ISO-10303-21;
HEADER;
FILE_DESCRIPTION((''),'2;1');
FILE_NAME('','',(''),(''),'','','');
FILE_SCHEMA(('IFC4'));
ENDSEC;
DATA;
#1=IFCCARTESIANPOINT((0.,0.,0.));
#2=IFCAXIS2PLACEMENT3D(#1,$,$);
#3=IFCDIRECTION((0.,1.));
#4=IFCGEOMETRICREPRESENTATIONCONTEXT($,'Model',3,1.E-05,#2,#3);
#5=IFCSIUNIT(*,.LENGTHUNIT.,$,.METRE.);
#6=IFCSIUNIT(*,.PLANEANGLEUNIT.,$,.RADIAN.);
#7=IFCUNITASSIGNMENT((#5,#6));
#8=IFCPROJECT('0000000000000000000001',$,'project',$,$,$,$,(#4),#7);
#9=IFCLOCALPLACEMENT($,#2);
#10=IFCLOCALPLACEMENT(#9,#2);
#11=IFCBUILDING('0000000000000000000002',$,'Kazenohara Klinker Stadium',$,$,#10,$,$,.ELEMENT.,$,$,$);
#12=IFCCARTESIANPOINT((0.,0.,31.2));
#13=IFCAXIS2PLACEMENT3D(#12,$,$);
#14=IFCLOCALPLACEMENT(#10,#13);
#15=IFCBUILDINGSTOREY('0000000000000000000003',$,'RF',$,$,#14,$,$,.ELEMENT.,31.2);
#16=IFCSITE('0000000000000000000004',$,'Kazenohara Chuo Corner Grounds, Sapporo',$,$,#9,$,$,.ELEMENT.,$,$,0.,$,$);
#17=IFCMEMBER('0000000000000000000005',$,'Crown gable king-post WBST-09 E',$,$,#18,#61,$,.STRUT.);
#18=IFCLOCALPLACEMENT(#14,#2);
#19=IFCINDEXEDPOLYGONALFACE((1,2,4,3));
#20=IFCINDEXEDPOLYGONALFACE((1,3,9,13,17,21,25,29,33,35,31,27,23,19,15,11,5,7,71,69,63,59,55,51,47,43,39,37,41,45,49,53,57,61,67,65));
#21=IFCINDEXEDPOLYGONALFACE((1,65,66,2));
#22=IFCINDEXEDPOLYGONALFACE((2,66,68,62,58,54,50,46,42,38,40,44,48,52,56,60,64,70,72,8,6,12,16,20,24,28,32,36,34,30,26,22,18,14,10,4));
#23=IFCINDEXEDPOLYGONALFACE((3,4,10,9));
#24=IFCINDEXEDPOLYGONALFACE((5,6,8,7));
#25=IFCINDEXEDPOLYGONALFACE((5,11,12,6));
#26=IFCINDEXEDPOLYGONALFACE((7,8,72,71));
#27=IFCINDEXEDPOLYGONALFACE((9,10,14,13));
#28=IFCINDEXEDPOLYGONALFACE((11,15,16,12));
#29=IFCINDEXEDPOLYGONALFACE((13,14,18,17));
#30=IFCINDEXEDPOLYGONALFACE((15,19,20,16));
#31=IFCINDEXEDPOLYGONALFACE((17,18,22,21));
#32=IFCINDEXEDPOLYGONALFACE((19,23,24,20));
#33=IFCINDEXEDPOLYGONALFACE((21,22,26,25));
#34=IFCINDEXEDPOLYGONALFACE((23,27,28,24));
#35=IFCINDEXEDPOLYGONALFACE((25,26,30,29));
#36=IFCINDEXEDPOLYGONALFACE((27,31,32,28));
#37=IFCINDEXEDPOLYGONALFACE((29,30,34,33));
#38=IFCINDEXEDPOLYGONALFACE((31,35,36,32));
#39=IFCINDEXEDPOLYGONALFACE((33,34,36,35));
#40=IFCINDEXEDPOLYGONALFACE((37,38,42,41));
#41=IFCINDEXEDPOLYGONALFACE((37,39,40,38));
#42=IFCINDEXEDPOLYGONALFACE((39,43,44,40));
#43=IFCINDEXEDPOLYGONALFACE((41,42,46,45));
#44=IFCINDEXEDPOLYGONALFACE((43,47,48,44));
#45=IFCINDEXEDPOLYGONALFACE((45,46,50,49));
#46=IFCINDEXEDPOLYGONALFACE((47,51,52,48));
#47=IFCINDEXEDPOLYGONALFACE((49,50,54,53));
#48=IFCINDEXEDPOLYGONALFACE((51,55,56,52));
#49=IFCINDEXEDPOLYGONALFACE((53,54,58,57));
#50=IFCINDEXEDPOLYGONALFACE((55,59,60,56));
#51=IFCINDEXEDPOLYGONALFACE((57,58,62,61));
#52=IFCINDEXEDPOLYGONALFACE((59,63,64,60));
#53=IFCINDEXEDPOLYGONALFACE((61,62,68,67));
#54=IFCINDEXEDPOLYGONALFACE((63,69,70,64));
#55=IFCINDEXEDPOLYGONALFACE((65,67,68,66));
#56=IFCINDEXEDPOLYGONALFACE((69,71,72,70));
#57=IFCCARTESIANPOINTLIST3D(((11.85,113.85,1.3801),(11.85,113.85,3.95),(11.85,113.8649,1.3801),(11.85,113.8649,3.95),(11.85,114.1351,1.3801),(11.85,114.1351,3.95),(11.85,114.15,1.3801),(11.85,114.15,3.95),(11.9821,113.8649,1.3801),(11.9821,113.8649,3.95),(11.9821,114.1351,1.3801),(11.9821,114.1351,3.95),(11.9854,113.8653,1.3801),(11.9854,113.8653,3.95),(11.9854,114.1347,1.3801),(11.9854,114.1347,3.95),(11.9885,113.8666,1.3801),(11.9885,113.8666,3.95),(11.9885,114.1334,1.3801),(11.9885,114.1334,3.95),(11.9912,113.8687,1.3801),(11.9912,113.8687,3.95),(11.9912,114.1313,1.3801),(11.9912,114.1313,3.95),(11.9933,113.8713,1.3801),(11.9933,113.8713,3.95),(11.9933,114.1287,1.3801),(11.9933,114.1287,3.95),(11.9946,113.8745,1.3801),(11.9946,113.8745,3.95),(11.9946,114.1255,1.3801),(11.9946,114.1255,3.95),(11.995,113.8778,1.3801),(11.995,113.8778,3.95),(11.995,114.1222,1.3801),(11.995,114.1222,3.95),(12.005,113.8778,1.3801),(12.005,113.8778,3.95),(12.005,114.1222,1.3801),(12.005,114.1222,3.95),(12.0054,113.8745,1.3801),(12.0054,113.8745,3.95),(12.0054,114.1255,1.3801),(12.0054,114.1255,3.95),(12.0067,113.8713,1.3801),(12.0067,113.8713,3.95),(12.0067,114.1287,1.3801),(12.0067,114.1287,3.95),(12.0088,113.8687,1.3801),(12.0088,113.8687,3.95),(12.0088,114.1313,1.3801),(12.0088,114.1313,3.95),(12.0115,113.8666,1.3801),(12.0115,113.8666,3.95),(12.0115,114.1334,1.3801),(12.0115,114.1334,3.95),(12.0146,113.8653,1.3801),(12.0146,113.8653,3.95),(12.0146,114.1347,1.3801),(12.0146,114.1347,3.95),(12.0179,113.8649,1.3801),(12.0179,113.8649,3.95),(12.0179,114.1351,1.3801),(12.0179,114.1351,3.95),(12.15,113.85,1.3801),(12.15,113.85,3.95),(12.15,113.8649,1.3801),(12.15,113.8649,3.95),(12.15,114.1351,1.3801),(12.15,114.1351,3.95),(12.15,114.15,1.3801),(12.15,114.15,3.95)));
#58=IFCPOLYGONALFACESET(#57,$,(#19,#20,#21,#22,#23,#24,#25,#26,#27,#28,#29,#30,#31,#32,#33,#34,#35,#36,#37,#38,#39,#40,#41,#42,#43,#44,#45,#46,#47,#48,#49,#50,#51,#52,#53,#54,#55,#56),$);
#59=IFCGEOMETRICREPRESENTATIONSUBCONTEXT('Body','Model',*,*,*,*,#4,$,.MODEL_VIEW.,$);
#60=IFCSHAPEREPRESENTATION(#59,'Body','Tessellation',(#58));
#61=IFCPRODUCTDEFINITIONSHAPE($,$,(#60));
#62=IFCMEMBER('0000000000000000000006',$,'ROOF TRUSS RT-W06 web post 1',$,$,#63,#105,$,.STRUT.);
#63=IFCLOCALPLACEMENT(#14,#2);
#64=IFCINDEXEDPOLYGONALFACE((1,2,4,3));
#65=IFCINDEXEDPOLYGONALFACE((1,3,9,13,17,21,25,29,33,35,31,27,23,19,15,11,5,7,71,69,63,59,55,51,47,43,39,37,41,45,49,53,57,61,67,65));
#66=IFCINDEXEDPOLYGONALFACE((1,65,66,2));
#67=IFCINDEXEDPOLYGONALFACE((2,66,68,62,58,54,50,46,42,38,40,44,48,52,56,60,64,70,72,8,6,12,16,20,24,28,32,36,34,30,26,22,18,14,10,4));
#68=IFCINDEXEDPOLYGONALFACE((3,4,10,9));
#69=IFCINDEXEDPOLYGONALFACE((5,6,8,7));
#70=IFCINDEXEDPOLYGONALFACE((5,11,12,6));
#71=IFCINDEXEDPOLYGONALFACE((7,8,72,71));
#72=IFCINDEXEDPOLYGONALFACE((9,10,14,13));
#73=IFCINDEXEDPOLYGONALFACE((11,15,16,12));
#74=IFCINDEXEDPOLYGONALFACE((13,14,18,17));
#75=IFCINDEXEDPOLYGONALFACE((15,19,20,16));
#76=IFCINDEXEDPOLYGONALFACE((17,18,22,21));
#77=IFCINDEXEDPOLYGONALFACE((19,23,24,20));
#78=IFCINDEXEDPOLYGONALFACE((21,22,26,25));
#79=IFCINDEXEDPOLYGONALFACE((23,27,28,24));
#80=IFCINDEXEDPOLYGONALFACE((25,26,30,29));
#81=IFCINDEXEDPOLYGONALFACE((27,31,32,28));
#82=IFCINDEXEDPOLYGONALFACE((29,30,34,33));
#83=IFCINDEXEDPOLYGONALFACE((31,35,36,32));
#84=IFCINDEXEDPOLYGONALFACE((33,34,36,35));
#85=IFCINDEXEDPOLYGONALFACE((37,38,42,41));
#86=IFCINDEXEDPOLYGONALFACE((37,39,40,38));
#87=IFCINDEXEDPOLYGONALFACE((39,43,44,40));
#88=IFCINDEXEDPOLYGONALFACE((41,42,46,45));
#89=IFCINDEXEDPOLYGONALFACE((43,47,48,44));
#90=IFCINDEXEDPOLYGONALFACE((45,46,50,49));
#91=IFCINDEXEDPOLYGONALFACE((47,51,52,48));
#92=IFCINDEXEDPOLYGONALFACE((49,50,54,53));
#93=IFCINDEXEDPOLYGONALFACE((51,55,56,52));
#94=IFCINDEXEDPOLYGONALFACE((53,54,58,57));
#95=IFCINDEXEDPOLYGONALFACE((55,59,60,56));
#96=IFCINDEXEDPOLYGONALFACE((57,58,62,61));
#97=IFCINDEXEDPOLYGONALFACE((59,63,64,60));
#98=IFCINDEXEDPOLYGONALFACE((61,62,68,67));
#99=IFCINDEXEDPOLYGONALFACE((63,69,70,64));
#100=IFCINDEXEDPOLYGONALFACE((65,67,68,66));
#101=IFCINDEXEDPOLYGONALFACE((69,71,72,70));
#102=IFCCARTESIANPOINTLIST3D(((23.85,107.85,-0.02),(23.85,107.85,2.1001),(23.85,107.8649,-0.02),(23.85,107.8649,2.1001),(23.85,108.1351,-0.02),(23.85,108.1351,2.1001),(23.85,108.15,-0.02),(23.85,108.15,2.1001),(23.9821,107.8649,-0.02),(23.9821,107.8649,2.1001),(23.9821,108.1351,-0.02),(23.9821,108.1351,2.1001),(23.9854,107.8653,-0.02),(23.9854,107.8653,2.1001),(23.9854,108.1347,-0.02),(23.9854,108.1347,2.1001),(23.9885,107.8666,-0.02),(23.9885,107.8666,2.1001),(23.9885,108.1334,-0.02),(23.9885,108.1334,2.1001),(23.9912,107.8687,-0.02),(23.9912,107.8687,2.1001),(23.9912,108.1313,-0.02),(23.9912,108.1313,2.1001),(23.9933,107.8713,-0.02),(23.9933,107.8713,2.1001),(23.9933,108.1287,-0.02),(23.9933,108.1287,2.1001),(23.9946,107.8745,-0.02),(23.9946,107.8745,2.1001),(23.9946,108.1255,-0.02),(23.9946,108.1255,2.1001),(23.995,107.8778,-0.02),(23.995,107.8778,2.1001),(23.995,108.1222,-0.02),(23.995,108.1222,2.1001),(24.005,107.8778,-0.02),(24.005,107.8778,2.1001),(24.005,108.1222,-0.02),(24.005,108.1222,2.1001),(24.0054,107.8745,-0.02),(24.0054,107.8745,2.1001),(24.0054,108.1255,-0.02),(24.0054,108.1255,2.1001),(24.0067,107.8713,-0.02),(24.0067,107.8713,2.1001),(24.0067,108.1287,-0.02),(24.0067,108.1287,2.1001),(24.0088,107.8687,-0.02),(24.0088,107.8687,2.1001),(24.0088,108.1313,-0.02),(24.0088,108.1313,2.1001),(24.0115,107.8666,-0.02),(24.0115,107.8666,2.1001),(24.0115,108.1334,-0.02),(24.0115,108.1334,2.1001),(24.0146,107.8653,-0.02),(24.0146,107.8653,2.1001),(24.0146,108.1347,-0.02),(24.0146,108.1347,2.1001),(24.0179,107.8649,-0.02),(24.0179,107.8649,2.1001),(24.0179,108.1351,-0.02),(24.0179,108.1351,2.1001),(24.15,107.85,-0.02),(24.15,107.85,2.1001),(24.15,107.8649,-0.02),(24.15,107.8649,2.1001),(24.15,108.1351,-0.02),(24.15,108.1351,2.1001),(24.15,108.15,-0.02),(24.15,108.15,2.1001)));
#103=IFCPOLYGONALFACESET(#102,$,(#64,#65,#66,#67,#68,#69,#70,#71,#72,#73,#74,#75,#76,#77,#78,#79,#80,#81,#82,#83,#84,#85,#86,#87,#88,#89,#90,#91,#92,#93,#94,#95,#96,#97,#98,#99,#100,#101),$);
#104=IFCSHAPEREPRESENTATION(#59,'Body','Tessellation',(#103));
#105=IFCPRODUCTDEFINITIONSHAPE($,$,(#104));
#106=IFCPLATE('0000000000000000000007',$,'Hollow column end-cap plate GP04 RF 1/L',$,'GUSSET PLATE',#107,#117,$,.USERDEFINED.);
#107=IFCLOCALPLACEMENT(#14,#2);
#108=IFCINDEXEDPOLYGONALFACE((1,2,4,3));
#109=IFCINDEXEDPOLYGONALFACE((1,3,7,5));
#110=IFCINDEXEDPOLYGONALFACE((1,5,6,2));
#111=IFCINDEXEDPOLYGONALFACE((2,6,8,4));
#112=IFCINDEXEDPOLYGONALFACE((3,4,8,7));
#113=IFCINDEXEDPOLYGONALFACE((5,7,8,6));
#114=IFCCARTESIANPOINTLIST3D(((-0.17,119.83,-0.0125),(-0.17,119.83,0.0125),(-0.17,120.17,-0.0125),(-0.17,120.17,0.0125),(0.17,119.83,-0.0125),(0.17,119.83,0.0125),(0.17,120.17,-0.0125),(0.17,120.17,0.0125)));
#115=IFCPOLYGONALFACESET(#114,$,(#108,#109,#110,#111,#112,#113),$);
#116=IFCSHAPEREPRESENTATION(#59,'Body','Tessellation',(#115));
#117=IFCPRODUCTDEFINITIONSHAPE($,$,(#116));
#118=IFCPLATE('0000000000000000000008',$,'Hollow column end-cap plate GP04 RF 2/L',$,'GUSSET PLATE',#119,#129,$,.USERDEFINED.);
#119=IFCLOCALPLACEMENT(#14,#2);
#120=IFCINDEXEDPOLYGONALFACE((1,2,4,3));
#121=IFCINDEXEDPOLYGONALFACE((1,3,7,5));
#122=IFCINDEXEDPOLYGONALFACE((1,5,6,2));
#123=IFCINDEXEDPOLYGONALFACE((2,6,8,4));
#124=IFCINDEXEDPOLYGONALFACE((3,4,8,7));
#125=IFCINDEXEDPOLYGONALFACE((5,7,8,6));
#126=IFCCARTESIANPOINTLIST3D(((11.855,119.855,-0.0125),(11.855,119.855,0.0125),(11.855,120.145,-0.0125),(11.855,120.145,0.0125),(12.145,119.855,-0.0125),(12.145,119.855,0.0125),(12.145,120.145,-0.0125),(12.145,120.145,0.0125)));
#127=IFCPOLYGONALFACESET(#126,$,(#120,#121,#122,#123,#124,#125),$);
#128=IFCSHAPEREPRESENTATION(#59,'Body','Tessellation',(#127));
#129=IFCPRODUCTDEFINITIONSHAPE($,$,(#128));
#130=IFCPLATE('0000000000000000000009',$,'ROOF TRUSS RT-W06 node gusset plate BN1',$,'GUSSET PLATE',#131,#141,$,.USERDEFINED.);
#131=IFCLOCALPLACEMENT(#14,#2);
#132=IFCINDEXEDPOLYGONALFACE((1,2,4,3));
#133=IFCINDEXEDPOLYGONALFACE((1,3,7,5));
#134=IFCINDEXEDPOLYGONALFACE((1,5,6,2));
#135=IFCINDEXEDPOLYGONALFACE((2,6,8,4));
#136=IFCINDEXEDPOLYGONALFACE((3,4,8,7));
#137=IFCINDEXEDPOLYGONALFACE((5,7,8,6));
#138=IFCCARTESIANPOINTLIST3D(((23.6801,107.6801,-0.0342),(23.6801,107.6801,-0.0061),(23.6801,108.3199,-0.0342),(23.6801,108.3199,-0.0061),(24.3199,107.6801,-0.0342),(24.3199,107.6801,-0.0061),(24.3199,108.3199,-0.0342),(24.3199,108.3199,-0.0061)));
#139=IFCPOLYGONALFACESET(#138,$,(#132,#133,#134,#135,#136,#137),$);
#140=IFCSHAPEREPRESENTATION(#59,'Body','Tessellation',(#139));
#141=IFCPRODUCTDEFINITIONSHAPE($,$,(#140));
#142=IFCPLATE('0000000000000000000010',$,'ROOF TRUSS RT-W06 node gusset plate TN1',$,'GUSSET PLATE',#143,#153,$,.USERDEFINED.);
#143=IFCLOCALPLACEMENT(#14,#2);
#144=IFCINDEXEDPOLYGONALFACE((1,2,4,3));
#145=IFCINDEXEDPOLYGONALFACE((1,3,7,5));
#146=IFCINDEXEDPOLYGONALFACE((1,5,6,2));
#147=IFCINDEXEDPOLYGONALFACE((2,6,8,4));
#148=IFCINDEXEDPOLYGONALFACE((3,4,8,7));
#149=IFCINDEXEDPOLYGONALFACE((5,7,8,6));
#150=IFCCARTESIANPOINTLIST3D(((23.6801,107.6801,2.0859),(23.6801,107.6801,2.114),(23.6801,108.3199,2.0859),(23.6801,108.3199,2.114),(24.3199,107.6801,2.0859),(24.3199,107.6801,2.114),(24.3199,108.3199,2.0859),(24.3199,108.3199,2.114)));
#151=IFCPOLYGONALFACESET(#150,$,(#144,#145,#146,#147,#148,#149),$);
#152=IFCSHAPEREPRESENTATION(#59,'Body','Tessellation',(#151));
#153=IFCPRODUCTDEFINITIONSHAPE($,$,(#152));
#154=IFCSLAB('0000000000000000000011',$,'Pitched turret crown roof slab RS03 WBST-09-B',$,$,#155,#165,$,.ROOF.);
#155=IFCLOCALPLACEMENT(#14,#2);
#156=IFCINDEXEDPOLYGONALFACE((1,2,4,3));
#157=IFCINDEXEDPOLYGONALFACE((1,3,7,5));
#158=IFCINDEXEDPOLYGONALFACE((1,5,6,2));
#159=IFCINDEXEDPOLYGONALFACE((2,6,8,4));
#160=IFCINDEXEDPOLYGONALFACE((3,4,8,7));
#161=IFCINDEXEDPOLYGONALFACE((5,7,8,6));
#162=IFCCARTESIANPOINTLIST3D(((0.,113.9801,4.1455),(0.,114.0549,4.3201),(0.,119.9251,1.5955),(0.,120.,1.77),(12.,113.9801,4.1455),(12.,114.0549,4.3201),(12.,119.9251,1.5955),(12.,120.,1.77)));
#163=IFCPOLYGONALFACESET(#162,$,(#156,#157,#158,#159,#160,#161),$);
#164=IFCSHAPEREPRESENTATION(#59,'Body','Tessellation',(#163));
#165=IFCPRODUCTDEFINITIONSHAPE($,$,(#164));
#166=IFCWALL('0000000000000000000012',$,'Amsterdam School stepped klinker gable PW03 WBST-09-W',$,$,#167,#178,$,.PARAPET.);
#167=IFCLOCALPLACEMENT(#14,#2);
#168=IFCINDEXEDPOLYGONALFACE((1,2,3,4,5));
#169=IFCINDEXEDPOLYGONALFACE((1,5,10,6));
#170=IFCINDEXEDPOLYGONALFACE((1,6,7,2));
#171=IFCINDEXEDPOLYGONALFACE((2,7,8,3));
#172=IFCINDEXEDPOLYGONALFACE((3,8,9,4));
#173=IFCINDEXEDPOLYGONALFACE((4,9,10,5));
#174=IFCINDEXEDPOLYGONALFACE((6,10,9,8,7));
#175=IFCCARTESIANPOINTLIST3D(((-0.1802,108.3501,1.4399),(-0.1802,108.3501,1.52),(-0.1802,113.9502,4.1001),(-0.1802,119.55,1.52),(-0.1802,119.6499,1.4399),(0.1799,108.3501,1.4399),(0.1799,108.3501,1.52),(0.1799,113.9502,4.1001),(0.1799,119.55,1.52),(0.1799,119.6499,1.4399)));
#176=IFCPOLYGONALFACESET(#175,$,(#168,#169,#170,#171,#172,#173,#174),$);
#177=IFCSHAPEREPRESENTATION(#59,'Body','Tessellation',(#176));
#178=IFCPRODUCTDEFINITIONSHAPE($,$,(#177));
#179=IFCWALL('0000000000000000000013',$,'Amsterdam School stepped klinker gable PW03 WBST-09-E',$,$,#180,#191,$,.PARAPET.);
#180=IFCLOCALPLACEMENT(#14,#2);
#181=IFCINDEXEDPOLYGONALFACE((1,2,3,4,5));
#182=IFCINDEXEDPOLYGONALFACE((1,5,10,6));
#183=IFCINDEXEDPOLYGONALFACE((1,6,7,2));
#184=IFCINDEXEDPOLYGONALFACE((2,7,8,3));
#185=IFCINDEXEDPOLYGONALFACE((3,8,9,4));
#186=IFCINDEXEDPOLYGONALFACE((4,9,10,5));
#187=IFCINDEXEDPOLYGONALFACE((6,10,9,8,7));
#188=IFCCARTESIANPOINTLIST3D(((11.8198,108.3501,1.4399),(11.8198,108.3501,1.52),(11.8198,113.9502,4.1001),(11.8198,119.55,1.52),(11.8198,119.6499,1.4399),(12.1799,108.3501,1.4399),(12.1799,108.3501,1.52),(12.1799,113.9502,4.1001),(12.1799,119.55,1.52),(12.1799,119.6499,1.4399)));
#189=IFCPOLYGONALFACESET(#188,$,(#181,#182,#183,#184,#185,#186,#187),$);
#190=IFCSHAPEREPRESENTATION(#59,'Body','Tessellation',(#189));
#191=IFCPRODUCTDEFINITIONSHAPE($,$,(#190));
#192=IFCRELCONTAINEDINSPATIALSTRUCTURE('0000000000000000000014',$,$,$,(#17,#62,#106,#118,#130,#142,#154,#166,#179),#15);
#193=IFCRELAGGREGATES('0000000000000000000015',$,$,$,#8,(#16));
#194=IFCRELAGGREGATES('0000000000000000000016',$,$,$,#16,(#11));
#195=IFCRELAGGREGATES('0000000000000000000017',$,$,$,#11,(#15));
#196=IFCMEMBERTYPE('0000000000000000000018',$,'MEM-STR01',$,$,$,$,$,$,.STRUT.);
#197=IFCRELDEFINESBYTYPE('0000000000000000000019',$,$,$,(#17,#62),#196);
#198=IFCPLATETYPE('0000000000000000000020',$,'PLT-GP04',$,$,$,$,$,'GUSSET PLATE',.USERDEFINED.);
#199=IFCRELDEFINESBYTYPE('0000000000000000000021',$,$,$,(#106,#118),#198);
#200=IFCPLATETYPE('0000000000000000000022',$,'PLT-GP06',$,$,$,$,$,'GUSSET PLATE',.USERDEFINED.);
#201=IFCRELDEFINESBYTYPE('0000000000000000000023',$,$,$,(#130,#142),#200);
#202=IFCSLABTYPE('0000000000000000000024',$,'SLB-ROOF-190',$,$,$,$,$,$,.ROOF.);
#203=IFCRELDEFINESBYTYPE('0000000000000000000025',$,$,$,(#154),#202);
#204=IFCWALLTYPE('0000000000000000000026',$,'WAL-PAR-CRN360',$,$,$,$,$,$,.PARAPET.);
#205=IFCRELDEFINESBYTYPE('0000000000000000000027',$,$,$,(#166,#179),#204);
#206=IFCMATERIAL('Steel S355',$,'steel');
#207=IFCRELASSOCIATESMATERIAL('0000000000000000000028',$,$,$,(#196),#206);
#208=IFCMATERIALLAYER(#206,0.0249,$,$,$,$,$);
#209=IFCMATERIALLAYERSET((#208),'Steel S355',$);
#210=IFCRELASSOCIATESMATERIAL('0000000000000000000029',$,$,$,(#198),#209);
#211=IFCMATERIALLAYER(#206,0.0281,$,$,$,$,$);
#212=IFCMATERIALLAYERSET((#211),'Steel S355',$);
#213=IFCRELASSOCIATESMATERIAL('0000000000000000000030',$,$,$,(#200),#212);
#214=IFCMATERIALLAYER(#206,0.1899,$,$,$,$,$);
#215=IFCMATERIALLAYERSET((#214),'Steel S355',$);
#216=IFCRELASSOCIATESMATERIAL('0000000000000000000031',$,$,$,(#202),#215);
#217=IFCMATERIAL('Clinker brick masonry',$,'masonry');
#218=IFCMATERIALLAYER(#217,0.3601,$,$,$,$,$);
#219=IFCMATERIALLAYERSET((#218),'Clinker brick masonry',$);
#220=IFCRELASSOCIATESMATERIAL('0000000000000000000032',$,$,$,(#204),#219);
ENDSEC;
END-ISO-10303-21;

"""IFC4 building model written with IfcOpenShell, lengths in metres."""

from ifc_helpers import new_model, si_unit, direction, frame, origin, origin_2d, place, context, subcontext, project, spatial, polyline, rectangle, i_section, outline, extrude, material, layer, layer_set, material_profile, profile_set, type_object, element, save


model = new_model("IFC4")

# Units and contexts
model_context = context("Model", 3, precision=1e-05, world=origin(), true_north=direction((0.0, 1.0)))
body_context = subcontext(model_context, "Body", "Model", "MODEL_VIEW")
ifc_project = project(units=[si_unit("LENGTHUNIT", "METRE"), si_unit("PLANEANGLEUNIT", "RADIAN")], contexts=[model_context])

# Site, building, storey
site_placement = place(None, origin())
site = spatial("IfcSite", under=ifc_project, at=site_placement, Name="Kazenohara Chuo Corner Grounds, Sapporo", CompositionType="ELEMENT", RefElevation=0.0)
building_placement = place(site_placement, origin())
building = spatial("IfcBuilding", under=site, at=building_placement, Name="Kazenohara Klinker Stadium", CompositionType="ELEMENT")
storey_placement = place(building_placement, frame((0.0, 0.0, 31.2)))
storey = spatial("IfcBuildingStorey", under=building, at=storey_placement, Name="RF", CompositionType="ELEMENT", Elevation=31.2)

# Members
ifc_material_1 = material(Name="Steel S355", Category="steel")
ifc_material_profile_1 = material_profile(ifc_material_1, i_section(OverallWidth=0.3, OverallDepth=0.3, WebThickness=0.01, FlangeThickness=0.0149, FilletRadius=0.0129, at=origin_2d()), Name="H-300x300x10x15")
ifc_profile_set_1 = profile_set([ifc_material_profile_1], Name="Steel S355")
member_type_1 = type_object("IfcMemberType", Name="MEM-STR01", PredefinedType="STRUT", material=ifc_profile_set_1)
for number, where, z_axis, x_axis, name in (
    (1, (12.0, 114.0, 1.3801), (0.0, 0.0, 1.0), (1.0, 0.0, 0.0), "Crown gable king-post WBST-09 E"),
):
    element("IfcMember", number, at=place(storey_placement, frame(where, z_axis=z_axis, x_axis=x_axis)), inside=storey, type_object=member_type_1, Name=name, PredefinedType="STRUT", context=body_context, shape_type="SweptSolid", body=[
        extrude(i_section(OverallWidth=0.3, OverallDepth=0.3, WebThickness=0.01, FlangeThickness=0.0149, FilletRadius=0.0129, at=origin_2d()), origin(), (0.0, 0.0, 1.0), 2.5698),
    ])
member_1_placement = place(storey_placement, frame((24.0, 108.0, -0.02), z_axis=(0.0, 0.0, 1.0), x_axis=(1.0, 0.0, 0.0)))
element("IfcMember", 2, at=member_1_placement, inside=storey, type_object=member_type_1, Name="ROOF TRUSS RT-W06 web post 1", PredefinedType="STRUT", context=body_context, shape_type="SweptSolid", body=[
    extrude(i_section(OverallWidth=0.3, OverallDepth=0.3, WebThickness=0.01, FlangeThickness=0.0149, FilletRadius=0.0129, at=origin_2d()), origin(), (0.0, 0.0, 1.0), 2.1201),
])

# Plates
ifc_layer_1 = layer(ifc_material_1, 0.0249)
ifc_layer_set_1 = layer_set([ifc_layer_1], Name="Steel S355")
plate_type_1 = type_object("IfcPlateType", Name="PLT-GP04", ElementType="GUSSET PLATE", PredefinedType="USERDEFINED", material=ifc_layer_set_1)
plate_1_placement = place(storey_placement, frame((0.0, 120.0, -0.0125), z_axis=(0.0, 0.0, 1.0), x_axis=(1.0, 0.0, 0.0)))
element("IfcPlate", 3, at=plate_1_placement, inside=storey, type_object=plate_type_1, Name="Hollow column end-cap plate GP04 RF 1/L", ObjectType="GUSSET PLATE", PredefinedType="USERDEFINED", context=body_context, shape_type="SweptSolid", body=[
    extrude(rectangle(XDim=0.3401, YDim=0.3401, at=origin_2d()), origin(), (0.0, 0.0, 1.0), 0.0249),
])
plate_2_placement = place(storey_placement, frame((12.0, 120.0, -0.0125), z_axis=(0.0, 0.0, 1.0), x_axis=(1.0, 0.0, 0.0)))
element("IfcPlate", 4, at=plate_2_placement, inside=storey, type_object=plate_type_1, Name="Hollow column end-cap plate GP04 RF 2/L", ObjectType="GUSSET PLATE", PredefinedType="USERDEFINED", context=body_context, shape_type="SweptSolid", body=[
    extrude(rectangle(XDim=0.29, YDim=0.29, at=origin_2d()), origin(), (0.0, 0.0, 1.0), 0.0249),
])
ifc_layer_2 = layer(ifc_material_1, 0.0281)
ifc_layer_set_2 = layer_set([ifc_layer_2], Name="Steel S355")
plate_type_2 = type_object("IfcPlateType", Name="PLT-GP06", ElementType="GUSSET PLATE", PredefinedType="USERDEFINED", material=ifc_layer_set_2)
for number, where, z_axis, x_axis, name in (
    (5, (24.0, 108.0, -0.0342), (0.0, 0.0, 1.0), (1.0, 0.0, 0.0), "ROOF TRUSS RT-W06 node gusset plate BN1"),
    (6, (24.0, 108.0, 2.0859), (0.0, 0.0, 1.0), (1.0, 0.0, 0.0), "ROOF TRUSS RT-W06 node gusset plate TN1"),
):
    element("IfcPlate", number, at=place(storey_placement, frame(where, z_axis=z_axis, x_axis=x_axis)), inside=storey, type_object=plate_type_2, Name=name, ObjectType="GUSSET PLATE", PredefinedType="USERDEFINED", context=body_context, shape_type="SweptSolid", body=[
        extrude(rectangle(XDim=0.6399, YDim=0.6399, at=origin_2d()), origin(), (0.0, 0.0, 1.0), 0.0281),
    ])

# Slab
ifc_layer_3 = layer(ifc_material_1, 0.1899)
ifc_layer_set_3 = layer_set([ifc_layer_3], Name="Steel S355")
slab_type = type_object("IfcSlabType", Name="SLB-ROOF-190", PredefinedType="ROOF", material=ifc_layer_set_3)
slab_placement = place(storey_placement, frame((0.0, 114.0549, 4.3201), z_axis=(0.0, 0.394202, 0.919024), x_axis=(1.0, 0.0, 0.0)))
element("IfcSlab", 7, at=slab_placement, inside=storey, type_object=slab_type, Name="Pitched turret crown roof slab RS03 WBST-09-B", PredefinedType="ROOF", context=body_context, shape_type="SweptSolid", body=[
    extrude(outline(polyline([(0.0, 0.0), (12.0, 0.0), (12.0, 6.4689), (0.0, 6.4689), (0.0, 0.0)])), origin(), (0.0, 0.0, -1.0), 0.1899),
])

# Walls
ifc_material_2 = material(Name="Clinker brick masonry", Category="masonry")
ifc_layer_4 = layer(ifc_material_2, 0.3601)
ifc_layer_set_4 = layer_set([ifc_layer_4], Name="Clinker brick masonry")
wall_type = type_object("IfcWallType", Name="WAL-PAR-CRN360", PredefinedType="PARAPET", material=ifc_layer_set_4)
for number, where, z_axis, x_axis, name in (
    (8, (0.0, 108.3501, 1.4399), (0.0, 0.0, 1.0), (0.0, 1.0, 0.0), "Amsterdam School stepped klinker gable PW03 WBST-09-W"),
    (9, (12.0, 108.3501, 1.4399), (0.0, 0.0, 1.0), (0.0, 1.0, 0.0), "Amsterdam School stepped klinker gable PW03 WBST-09-E"),
):
    element("IfcWall", number, at=place(storey_placement, frame(where, z_axis=z_axis, x_axis=x_axis)), inside=storey, type_object=wall_type, Name=name, PredefinedType="PARAPET", context=body_context, shape_type="SweptSolid", body=[
        extrude(outline(polyline([(0.0, 0.0), (11.2998, 0.0), (11.2, 0.0801), (5.6001, 2.6602), (0.0, 0.0801), (0.0, 0.0)])), frame((0.0, 0.1802, 0.0), z_axis=(0.0, -1.0, 0.0), x_axis=(1.0, 0.0, 0.0)), (0.0, 0.0, 1.0), 0.3601),
    ])

save(model, "model.ifc")
